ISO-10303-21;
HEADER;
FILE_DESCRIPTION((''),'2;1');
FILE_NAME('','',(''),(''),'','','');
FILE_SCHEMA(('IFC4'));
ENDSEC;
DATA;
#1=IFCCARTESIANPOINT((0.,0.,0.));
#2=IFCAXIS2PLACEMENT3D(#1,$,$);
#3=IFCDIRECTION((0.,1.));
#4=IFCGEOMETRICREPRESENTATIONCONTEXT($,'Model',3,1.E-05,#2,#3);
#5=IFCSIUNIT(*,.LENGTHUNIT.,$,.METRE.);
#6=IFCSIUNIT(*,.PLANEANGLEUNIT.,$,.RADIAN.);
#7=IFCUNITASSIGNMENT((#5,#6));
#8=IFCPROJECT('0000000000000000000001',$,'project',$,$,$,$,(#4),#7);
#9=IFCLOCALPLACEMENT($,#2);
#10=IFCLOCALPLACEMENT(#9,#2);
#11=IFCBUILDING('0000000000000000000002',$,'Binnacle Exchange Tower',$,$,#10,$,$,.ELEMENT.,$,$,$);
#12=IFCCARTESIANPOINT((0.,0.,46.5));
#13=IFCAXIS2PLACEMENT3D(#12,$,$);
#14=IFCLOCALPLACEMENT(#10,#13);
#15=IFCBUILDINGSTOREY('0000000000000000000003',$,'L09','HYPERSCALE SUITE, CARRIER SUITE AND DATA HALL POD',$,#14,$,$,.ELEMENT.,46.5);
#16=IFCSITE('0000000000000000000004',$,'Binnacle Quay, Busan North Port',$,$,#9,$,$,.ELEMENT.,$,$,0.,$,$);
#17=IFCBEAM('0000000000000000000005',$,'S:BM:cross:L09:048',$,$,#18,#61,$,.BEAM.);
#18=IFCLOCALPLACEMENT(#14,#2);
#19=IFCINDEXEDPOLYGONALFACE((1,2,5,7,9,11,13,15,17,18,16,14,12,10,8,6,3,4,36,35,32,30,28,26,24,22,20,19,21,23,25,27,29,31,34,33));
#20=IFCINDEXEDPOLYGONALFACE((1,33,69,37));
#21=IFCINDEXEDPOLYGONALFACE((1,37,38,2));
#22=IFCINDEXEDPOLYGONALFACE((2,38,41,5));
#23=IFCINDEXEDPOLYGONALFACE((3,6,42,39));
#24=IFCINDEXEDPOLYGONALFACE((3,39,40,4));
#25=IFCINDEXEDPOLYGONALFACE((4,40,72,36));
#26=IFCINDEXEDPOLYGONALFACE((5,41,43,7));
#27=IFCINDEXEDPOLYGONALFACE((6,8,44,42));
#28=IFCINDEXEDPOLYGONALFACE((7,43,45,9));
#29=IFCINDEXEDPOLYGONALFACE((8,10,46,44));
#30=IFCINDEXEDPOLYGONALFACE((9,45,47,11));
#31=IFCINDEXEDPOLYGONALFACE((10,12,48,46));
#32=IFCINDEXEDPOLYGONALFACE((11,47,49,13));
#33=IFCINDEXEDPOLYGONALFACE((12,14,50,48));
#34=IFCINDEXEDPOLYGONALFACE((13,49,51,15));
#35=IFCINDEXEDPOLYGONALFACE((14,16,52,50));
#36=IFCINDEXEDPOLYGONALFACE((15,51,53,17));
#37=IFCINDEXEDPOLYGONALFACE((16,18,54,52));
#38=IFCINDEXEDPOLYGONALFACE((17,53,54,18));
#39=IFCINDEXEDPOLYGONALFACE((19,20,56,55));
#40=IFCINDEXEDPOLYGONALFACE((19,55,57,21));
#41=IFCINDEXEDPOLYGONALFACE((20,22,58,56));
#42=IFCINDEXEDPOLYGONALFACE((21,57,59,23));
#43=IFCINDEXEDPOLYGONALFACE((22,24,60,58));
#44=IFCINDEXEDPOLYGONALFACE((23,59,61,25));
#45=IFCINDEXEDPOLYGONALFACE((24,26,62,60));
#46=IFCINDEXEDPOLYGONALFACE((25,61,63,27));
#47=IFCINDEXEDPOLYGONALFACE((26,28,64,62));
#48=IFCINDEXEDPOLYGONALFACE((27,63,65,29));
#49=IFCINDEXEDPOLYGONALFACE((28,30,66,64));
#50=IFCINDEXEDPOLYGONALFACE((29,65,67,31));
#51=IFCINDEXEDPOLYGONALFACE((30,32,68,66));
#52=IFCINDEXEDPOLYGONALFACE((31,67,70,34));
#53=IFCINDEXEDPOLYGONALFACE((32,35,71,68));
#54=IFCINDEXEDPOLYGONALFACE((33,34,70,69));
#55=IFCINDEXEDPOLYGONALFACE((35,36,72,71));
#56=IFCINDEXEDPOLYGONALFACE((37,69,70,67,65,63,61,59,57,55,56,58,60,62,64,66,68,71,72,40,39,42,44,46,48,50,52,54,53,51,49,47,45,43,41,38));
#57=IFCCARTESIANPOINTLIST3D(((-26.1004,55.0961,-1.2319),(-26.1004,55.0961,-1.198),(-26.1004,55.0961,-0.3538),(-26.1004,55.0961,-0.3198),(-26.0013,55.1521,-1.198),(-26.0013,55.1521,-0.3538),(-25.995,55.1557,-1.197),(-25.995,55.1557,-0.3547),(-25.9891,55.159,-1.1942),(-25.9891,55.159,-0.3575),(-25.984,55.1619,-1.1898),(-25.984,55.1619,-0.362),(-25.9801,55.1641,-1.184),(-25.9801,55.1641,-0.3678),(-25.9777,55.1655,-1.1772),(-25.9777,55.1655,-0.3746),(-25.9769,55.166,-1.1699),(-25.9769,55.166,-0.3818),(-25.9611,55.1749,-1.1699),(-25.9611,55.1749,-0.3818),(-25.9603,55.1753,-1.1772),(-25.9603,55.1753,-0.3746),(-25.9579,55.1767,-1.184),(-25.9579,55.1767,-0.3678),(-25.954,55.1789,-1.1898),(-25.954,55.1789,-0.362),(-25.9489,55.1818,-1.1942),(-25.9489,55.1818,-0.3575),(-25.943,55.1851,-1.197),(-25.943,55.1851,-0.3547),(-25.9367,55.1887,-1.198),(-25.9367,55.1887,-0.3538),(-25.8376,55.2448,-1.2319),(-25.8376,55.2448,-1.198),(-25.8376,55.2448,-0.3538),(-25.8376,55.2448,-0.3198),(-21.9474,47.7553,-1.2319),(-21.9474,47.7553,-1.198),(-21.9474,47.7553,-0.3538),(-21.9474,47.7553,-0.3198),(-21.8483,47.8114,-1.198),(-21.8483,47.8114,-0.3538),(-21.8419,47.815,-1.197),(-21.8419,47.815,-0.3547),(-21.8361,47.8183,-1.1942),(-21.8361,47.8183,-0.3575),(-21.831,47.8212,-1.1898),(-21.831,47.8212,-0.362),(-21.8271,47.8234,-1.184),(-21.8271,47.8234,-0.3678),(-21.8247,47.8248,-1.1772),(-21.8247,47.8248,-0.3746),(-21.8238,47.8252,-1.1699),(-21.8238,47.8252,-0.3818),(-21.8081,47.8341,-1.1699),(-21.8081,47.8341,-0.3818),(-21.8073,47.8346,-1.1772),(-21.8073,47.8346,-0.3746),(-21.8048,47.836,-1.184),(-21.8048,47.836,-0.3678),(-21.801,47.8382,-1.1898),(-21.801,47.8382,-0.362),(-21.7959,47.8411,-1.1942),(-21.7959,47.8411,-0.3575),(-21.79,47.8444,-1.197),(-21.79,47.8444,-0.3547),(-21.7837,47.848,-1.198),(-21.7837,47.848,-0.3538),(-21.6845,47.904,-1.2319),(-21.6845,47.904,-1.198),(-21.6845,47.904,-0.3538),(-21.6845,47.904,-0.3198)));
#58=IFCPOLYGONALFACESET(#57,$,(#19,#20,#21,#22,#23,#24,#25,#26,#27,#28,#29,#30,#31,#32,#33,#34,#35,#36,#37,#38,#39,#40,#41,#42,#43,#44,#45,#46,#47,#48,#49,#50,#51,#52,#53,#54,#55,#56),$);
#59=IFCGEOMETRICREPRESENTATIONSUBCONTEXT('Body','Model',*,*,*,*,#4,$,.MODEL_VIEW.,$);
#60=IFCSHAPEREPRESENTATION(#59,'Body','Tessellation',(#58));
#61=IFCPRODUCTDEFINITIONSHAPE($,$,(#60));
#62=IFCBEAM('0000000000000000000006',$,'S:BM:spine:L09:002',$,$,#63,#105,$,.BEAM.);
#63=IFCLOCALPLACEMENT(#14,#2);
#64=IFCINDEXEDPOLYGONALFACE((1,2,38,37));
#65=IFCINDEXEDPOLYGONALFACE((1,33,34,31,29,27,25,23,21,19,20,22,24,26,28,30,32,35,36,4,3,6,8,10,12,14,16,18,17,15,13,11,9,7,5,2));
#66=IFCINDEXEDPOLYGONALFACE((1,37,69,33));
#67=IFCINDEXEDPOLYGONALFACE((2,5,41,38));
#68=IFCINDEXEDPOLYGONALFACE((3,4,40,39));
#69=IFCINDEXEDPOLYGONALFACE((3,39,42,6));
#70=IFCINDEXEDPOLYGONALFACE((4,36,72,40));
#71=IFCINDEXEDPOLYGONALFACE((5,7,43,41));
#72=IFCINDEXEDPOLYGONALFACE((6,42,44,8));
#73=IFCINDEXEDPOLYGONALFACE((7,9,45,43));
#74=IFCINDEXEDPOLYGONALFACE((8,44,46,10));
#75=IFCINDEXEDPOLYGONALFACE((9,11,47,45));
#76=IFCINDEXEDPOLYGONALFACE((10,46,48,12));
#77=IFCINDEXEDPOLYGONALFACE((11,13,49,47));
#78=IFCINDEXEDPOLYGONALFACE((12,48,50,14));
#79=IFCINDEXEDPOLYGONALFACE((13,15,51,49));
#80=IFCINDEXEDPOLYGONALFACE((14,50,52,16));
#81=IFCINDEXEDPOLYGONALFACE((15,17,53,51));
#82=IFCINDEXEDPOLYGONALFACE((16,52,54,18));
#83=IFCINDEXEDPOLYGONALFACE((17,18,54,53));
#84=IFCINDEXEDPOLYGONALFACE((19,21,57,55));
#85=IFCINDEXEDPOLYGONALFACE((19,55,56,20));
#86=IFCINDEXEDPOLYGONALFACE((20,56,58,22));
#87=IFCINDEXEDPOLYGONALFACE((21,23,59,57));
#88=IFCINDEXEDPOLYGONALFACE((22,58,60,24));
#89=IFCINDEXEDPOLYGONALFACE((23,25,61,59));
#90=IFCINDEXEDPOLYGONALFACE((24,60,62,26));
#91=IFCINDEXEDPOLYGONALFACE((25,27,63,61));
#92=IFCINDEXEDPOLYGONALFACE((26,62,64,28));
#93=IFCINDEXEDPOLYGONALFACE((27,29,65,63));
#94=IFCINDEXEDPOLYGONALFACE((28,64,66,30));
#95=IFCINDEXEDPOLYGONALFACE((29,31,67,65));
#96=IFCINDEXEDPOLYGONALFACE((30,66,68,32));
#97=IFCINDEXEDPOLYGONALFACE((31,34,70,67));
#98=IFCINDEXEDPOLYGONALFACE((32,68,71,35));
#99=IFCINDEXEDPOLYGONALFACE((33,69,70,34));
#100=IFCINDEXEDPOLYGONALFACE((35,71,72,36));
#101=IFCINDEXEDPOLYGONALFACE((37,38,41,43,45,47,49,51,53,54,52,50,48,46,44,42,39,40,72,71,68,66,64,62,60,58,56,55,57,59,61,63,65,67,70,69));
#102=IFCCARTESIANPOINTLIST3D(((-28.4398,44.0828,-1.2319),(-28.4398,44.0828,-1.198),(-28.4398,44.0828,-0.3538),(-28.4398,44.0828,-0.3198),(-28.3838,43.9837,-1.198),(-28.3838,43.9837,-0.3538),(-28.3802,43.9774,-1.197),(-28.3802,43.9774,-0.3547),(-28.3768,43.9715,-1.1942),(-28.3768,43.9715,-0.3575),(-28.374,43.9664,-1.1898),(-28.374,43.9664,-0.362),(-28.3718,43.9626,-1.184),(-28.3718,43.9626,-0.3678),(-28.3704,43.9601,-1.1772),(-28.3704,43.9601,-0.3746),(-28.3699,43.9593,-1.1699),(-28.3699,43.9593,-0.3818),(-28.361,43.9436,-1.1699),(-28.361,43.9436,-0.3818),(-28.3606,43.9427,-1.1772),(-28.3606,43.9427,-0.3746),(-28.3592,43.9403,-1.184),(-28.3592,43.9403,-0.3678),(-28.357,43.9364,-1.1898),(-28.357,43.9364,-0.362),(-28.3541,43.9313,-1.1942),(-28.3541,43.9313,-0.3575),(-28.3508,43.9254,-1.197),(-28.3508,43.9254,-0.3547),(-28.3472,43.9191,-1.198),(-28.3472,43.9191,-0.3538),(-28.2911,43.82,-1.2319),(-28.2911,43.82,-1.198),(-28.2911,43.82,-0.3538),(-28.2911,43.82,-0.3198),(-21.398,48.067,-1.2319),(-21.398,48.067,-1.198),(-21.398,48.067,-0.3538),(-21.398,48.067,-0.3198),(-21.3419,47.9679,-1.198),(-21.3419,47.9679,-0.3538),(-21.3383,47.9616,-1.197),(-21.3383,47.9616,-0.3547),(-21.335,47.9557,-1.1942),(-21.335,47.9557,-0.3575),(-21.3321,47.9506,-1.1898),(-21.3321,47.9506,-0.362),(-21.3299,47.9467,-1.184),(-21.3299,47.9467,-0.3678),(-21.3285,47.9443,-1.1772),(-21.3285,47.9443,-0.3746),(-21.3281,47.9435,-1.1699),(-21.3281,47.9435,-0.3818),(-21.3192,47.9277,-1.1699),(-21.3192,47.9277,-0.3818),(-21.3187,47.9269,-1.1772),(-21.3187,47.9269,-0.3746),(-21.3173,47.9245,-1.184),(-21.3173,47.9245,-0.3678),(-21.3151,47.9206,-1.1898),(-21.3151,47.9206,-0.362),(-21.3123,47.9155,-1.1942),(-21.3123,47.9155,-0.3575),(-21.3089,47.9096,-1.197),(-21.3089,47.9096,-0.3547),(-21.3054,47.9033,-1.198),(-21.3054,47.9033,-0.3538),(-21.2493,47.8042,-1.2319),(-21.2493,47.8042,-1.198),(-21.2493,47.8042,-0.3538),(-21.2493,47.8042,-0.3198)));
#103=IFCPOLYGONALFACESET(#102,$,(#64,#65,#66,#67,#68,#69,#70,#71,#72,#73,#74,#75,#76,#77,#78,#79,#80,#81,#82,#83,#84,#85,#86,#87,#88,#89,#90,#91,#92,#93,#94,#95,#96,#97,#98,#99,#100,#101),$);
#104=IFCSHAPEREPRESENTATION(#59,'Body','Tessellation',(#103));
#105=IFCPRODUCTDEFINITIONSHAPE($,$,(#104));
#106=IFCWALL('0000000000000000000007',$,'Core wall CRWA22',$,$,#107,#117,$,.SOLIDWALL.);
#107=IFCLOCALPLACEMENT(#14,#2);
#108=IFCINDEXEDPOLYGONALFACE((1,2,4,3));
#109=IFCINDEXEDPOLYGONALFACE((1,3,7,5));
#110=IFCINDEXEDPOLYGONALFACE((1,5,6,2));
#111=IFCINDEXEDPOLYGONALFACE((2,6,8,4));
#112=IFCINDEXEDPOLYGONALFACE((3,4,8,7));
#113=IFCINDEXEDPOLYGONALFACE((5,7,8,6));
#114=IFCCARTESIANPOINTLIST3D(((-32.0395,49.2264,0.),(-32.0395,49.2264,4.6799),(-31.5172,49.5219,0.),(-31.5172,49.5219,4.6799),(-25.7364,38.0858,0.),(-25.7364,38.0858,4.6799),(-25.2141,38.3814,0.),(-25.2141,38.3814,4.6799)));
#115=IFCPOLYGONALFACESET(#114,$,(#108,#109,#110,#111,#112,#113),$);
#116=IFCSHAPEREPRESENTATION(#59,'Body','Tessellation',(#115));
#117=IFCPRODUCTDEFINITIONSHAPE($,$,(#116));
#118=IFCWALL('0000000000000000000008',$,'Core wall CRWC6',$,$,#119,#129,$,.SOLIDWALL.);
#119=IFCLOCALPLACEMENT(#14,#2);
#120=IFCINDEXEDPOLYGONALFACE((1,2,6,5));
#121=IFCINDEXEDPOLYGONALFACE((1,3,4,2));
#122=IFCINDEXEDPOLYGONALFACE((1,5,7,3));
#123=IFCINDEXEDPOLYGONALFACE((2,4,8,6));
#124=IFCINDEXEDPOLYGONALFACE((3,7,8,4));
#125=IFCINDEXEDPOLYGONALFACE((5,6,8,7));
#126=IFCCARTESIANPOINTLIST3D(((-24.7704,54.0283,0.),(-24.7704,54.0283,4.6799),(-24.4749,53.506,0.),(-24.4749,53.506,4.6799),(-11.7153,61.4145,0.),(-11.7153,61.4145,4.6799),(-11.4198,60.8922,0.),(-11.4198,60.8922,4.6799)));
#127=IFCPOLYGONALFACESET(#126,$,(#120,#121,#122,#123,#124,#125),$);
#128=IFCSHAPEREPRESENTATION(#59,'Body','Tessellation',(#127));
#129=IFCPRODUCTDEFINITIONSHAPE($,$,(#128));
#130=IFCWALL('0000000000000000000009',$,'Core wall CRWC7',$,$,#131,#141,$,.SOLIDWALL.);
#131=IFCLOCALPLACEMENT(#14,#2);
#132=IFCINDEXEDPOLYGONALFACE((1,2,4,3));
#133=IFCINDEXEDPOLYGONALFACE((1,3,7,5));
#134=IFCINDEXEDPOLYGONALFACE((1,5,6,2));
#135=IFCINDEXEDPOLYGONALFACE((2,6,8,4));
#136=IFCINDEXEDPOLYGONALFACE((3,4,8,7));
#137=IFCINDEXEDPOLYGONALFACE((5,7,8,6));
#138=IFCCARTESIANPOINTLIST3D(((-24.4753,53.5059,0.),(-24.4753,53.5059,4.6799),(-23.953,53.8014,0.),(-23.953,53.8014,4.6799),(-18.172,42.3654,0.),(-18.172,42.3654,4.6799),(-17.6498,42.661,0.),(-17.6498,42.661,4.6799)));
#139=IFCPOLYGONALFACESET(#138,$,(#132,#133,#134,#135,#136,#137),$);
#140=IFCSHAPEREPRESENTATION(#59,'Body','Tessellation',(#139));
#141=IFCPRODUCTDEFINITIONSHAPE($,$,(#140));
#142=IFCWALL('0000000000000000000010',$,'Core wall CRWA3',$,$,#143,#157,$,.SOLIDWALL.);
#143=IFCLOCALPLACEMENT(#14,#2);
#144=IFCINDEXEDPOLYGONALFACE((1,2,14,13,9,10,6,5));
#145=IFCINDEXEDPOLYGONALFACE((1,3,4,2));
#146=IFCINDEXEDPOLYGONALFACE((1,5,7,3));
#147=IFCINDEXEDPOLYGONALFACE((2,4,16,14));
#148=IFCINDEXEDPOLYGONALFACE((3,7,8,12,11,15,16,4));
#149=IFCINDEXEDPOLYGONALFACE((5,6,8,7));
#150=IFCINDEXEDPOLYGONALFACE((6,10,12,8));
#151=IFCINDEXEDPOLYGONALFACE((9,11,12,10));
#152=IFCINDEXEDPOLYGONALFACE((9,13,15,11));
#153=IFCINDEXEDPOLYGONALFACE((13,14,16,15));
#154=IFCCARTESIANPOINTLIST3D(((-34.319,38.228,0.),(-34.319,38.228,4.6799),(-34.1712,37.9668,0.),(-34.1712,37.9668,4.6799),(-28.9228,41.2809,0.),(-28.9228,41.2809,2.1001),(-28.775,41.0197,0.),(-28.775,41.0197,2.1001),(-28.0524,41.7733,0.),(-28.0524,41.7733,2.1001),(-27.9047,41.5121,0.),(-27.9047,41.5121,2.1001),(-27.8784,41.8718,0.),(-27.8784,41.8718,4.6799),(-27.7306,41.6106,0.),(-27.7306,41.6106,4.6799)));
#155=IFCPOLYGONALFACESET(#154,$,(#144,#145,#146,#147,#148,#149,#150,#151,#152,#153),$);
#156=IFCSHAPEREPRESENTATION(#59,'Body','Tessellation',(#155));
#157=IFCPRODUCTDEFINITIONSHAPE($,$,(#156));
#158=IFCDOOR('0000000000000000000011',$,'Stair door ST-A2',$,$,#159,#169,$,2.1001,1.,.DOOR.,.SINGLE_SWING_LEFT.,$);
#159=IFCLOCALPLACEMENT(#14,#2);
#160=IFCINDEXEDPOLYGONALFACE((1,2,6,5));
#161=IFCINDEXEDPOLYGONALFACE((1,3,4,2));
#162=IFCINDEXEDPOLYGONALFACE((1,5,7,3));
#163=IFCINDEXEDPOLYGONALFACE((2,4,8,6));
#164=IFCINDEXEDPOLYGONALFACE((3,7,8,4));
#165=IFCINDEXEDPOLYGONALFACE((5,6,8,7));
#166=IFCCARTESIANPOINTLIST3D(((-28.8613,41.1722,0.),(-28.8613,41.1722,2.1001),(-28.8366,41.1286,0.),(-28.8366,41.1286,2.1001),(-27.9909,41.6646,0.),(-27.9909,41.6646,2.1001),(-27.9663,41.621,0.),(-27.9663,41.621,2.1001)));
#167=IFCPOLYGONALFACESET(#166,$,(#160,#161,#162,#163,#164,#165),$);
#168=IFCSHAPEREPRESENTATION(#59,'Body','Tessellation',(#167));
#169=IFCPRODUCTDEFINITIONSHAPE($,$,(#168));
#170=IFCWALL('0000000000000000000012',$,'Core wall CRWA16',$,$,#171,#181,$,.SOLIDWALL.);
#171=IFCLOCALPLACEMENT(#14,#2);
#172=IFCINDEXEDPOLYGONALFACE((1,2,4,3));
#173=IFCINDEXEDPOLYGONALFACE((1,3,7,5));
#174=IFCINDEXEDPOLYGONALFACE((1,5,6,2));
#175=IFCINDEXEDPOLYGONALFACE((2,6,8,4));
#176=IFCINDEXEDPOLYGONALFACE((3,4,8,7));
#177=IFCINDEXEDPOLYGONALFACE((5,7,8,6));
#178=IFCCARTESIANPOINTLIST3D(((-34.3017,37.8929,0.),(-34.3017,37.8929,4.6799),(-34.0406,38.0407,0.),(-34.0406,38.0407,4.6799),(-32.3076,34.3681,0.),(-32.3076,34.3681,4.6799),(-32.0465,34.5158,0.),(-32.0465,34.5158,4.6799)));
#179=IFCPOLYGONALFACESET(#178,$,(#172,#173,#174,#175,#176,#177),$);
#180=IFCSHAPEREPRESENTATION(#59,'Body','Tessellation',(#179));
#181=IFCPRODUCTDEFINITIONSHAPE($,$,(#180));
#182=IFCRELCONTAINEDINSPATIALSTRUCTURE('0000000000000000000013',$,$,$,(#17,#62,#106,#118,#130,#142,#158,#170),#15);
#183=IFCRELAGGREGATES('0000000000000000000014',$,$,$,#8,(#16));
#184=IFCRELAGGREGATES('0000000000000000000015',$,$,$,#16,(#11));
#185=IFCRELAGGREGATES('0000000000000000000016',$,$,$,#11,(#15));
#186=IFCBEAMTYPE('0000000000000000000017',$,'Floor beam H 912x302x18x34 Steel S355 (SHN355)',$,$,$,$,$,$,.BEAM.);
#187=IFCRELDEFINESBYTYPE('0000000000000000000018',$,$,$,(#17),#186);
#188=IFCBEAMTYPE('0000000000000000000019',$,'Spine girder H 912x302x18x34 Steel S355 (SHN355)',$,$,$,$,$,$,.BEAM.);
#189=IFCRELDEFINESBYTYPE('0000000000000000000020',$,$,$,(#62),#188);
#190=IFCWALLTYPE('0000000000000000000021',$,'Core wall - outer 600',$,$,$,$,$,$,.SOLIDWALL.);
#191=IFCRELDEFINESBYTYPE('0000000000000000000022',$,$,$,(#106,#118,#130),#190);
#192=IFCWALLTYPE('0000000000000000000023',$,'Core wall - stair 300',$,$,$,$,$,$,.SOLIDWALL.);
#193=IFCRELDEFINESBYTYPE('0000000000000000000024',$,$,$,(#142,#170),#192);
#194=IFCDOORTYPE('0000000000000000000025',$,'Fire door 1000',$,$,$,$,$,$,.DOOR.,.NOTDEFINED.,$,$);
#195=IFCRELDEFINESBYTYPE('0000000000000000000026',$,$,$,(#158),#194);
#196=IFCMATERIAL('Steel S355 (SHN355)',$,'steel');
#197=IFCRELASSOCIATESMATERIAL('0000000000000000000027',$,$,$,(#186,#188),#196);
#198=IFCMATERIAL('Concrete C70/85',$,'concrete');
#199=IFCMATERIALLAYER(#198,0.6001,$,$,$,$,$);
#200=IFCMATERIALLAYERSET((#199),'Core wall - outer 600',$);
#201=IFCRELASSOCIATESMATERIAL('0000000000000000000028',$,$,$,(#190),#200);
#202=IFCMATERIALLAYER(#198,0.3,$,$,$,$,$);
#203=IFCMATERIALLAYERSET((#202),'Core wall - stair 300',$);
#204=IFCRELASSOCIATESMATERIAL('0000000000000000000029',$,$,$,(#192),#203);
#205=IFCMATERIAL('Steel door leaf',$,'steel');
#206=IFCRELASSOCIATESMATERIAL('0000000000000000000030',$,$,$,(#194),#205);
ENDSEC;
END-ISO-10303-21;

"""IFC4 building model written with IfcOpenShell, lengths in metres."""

from ifc_helpers import new_model, si_unit, direction, frame, frame_2d, origin, origin_2d, place, context, subcontext, project, spatial, rectangle, i_section, extrude, material, layer, layer_set, material_profile, profile_set, type_object, element, fill, save


model = new_model("IFC4")

# Units and contexts
model_context = context("Model", 3, precision=1e-05, world=origin(), true_north=direction((0.0, 1.0)))
body_context = subcontext(model_context, "Body", "Model", "MODEL_VIEW")
ifc_project = project(units=[si_unit("LENGTHUNIT", "METRE"), si_unit("PLANEANGLEUNIT", "RADIAN")], contexts=[model_context])

# Site, building, storey
site_placement = place(None, origin())
site = spatial("IfcSite", under=ifc_project, at=site_placement, Name="Binnacle Quay, Busan North Port", CompositionType="ELEMENT", RefElevation=0.0)
building_placement = place(site_placement, origin())
building = spatial("IfcBuilding", under=site, at=building_placement, Name="Binnacle Exchange Tower", CompositionType="ELEMENT")
storey_placement = place(building_placement, frame((0.0, 0.0, 46.5)))
storey = spatial("IfcBuildingStorey", under=building, at=storey_placement, Name="L09", Description="HYPERSCALE SUITE, CARRIER SUITE AND DATA HALL POD", CompositionType="ELEMENT", Elevation=46.5)

# Shared definitions
ifc_material_1 = material(Name="Concrete C70/85", Category="concrete")

# Beams
ifc_material_2 = material(Name="Steel S355 (SHN355)", Category="steel")
ifc_material_profile_1 = material_profile(ifc_material_2, i_section(OverallWidth=0.302, OverallDepth=0.9121, WebThickness=0.0181, FlangeThickness=0.0339, FilletRadius=0.0281, at=origin_2d()), Name="H 912x302x18x34")
ifc_profile_set_1 = profile_set([ifc_material_profile_1], Name="Steel S355 (SHN355)")
beam_type_1 = type_object("IfcBeamType", Name="Floor beam H 912x302x18x34 Steel S355 (SHN355)", PredefinedType="BEAM", material=ifc_profile_set_1)
beam_1_placement = place(storey_placement, frame((-25.969, 55.1704, -0.7759), z_axis=(0.492409, -0.870364, 0.0), x_axis=(0.870364, 0.492409, 0.0)))
element("IfcBeam", 1, at=beam_1_placement, inside=storey, type_object=beam_type_1, Name="S:BM:cross:L09:048", PredefinedType="BEAM", context=body_context, shape_type="SweptSolid", body=[
    extrude(i_section(OverallWidth=0.302, OverallDepth=0.9121, WebThickness=0.0181, FlangeThickness=0.0339, FilletRadius=0.0281, at=origin_2d()), origin(), (0.0, 0.0, 1.0), 8.4341),
])
ifc_material_profile_2 = material_profile(ifc_material_2, i_section(OverallWidth=0.302, OverallDepth=0.9121, WebThickness=0.0181, FlangeThickness=0.0339, FilletRadius=0.0281, at=origin_2d()), Name="H 912x302x18x34")
ifc_profile_set_2 = profile_set([ifc_material_profile_2], Name="Steel S355 (SHN355)")
beam_type_2 = type_object("IfcBeamType", Name="Spine girder H 912x302x18x34 Steel S355 (SHN355)", PredefinedType="BEAM", material=ifc_profile_set_2)
beam_2_placement = place(storey_placement, frame((-28.3655, 43.9514, -0.7759), z_axis=(0.87035, 0.492433, 0.0), x_axis=(-0.492433, 0.87035, 0.0)))
element("IfcBeam", 2, at=beam_2_placement, inside=storey, type_object=beam_type_2, Name="S:BM:spine:L09:002", PredefinedType="BEAM", context=body_context, shape_type="SweptSolid", body=[
    extrude(i_section(OverallWidth=0.302, OverallDepth=0.9121, WebThickness=0.0181, FlangeThickness=0.0339, FilletRadius=0.0281, at=origin_2d()), origin(), (0.0, 0.0, 1.0), 8.0908),
])

# Walls
ifc_layer_1 = layer(ifc_material_1, 0.6001)
ifc_layer_set_1 = layer_set([ifc_layer_1], Name="Core wall - outer 600")
wall_type_1 = type_object("IfcWallType", Name="Core wall - outer 600", PredefinedType="SOLIDWALL", material=ifc_layer_set_1)
wall_1_placement = place(storey_placement, frame((-31.7783, 49.374, 0.0), z_axis=(0.0, 0.0, 1.0), x_axis=(0.492433, -0.87035, 0.0)))
element("IfcWall", 3, at=wall_1_placement, inside=storey, type_object=wall_type_1, Name="Core wall CRWA22", PredefinedType="SOLIDWALL", context=body_context, shape_type="SweptSolid", body=[
    extrude(rectangle(XDim=12.8, YDim=0.6001, at=frame_2d((6.3999, 0.0))), origin(), (0.0, 0.0, 1.0), 4.6799),
])
wall_2_placement = place(storey_placement, frame((-24.6228, 53.7671, 0.0), z_axis=(0.0, 0.0, 1.0), x_axis=(0.870357, 0.492422, 0.0)))
element("IfcWall", 4, at=wall_2_placement, inside=storey, type_object=wall_type_1, Name="Core wall CRWC6", PredefinedType="SOLIDWALL", context=body_context, shape_type="SweptSolid", body=[
    extrude(rectangle(XDim=14.9998, YDim=0.6001, at=frame_2d((7.5, 0.0))), origin(), (0.0, 0.0, 1.0), 4.6799),
])
wall_3_placement = place(storey_placement, frame((-24.2141, 53.6536, 0.0), z_axis=(0.0, 0.0, 1.0), x_axis=(0.492441, -0.870346, 0.0)))
element("IfcWall", 5, at=wall_3_placement, inside=storey, type_object=wall_type_1, Name="Core wall CRWC7", PredefinedType="SOLIDWALL", context=body_context, shape_type="SweptSolid", body=[
    extrude(rectangle(XDim=12.8, YDim=0.6001, at=frame_2d((6.3999, 0.0))), origin(), (0.0, 0.0, 1.0), 4.6799),
])

# Wall, opening, door
ifc_layer_2 = layer(ifc_material_1, 0.3)
ifc_layer_set_2 = layer_set([ifc_layer_2], Name="Core wall - stair 300")
wall_type_2 = type_object("IfcWallType", Name="Core wall - stair 300", PredefinedType="SOLIDWALL", material=ifc_layer_set_2)
wall_4_placement = place(storey_placement, frame((-34.2451, 38.0974, 0.0), z_axis=(0.0, 0.0, 1.0), x_axis=(0.870365, 0.492407, 0.0)))
wall_4 = element("IfcWall", 6, at=wall_4_placement, inside=storey, type_object=wall_type_2, Name="Core wall CRWA3", PredefinedType="SOLIDWALL", context=body_context, shape_type="SweptSolid", body=[
    extrude(rectangle(XDim=7.3999, YDim=0.3, at=frame_2d((3.7, 0.0))), origin(), (0.0, 0.0, 1.0), 4.6799),
])
opening_1_placement = place(wall_4_placement, frame((6.2, 0.0, 0.0)))
opening_1 = element("IfcOpeningElement", 7, at=opening_1_placement, cuts=wall_4, PredefinedType="OPENING", context=body_context, shape_type="SweptSolid", body=[
    extrude(rectangle(XDim=1.0, YDim=2.1001, at=frame_2d((0.5, 1.05))), frame((0.0, 0.1599, 0.0), z_axis=(0.0, -1.0, 0.0), x_axis=(1.0, 0.0, 0.0)), (0.0, 0.0, 1.0), 0.3201),
])
ifc_material_3 = material(Name="Steel door leaf", Category="steel")
door_type_1 = type_object("IfcDoorType", Name="Fire door 1000", OperationType="NOTDEFINED", PredefinedType="DOOR", material=ifc_material_3)
door_1_placement = place(opening_1_placement, frame((1.0, 0.0, 0.0), z_axis=(0.0, 0.0, 1.0), x_axis=(-1.0, 0.0, 0.0)))
door_1 = element("IfcDoor", 8, at=door_1_placement, inside=storey, type_object=door_type_1, Name="Stair door ST-A2", OperationType="SINGLE_SWING_LEFT", OverallHeight=2.1001, OverallWidth=1.0, PredefinedType="DOOR", context=body_context, shape_type="SweptSolid", body=[
    extrude(rectangle(XDim=1.0, YDim=2.1001, at=frame_2d((0.5, 1.05))), frame((0.0, 0.0249, 0.0), z_axis=(0.0, -1.0, 0.0), x_axis=(1.0, 0.0, 0.0)), (0.0, 0.0, 1.0), 0.05),
])
fill(opening_1, door_1)

# Wall
wall_5_placement = place(storey_placement, frame((-34.1711, 37.9668, 0.0), z_axis=(0.0, 0.0, 1.0), x_axis=(0.492395, -0.870372, 0.0)))
element("IfcWall", 9, at=wall_5_placement, inside=storey, type_object=wall_type_2, Name="Core wall CRWA16", PredefinedType="SOLIDWALL", context=body_context, shape_type="SweptSolid", body=[
    extrude(rectangle(XDim=4.0498, YDim=0.3, at=frame_2d((2.0249, 0.0))), origin(), (0.0, 0.0, 1.0), 4.6799),
])

save(model, "model.ifc")
